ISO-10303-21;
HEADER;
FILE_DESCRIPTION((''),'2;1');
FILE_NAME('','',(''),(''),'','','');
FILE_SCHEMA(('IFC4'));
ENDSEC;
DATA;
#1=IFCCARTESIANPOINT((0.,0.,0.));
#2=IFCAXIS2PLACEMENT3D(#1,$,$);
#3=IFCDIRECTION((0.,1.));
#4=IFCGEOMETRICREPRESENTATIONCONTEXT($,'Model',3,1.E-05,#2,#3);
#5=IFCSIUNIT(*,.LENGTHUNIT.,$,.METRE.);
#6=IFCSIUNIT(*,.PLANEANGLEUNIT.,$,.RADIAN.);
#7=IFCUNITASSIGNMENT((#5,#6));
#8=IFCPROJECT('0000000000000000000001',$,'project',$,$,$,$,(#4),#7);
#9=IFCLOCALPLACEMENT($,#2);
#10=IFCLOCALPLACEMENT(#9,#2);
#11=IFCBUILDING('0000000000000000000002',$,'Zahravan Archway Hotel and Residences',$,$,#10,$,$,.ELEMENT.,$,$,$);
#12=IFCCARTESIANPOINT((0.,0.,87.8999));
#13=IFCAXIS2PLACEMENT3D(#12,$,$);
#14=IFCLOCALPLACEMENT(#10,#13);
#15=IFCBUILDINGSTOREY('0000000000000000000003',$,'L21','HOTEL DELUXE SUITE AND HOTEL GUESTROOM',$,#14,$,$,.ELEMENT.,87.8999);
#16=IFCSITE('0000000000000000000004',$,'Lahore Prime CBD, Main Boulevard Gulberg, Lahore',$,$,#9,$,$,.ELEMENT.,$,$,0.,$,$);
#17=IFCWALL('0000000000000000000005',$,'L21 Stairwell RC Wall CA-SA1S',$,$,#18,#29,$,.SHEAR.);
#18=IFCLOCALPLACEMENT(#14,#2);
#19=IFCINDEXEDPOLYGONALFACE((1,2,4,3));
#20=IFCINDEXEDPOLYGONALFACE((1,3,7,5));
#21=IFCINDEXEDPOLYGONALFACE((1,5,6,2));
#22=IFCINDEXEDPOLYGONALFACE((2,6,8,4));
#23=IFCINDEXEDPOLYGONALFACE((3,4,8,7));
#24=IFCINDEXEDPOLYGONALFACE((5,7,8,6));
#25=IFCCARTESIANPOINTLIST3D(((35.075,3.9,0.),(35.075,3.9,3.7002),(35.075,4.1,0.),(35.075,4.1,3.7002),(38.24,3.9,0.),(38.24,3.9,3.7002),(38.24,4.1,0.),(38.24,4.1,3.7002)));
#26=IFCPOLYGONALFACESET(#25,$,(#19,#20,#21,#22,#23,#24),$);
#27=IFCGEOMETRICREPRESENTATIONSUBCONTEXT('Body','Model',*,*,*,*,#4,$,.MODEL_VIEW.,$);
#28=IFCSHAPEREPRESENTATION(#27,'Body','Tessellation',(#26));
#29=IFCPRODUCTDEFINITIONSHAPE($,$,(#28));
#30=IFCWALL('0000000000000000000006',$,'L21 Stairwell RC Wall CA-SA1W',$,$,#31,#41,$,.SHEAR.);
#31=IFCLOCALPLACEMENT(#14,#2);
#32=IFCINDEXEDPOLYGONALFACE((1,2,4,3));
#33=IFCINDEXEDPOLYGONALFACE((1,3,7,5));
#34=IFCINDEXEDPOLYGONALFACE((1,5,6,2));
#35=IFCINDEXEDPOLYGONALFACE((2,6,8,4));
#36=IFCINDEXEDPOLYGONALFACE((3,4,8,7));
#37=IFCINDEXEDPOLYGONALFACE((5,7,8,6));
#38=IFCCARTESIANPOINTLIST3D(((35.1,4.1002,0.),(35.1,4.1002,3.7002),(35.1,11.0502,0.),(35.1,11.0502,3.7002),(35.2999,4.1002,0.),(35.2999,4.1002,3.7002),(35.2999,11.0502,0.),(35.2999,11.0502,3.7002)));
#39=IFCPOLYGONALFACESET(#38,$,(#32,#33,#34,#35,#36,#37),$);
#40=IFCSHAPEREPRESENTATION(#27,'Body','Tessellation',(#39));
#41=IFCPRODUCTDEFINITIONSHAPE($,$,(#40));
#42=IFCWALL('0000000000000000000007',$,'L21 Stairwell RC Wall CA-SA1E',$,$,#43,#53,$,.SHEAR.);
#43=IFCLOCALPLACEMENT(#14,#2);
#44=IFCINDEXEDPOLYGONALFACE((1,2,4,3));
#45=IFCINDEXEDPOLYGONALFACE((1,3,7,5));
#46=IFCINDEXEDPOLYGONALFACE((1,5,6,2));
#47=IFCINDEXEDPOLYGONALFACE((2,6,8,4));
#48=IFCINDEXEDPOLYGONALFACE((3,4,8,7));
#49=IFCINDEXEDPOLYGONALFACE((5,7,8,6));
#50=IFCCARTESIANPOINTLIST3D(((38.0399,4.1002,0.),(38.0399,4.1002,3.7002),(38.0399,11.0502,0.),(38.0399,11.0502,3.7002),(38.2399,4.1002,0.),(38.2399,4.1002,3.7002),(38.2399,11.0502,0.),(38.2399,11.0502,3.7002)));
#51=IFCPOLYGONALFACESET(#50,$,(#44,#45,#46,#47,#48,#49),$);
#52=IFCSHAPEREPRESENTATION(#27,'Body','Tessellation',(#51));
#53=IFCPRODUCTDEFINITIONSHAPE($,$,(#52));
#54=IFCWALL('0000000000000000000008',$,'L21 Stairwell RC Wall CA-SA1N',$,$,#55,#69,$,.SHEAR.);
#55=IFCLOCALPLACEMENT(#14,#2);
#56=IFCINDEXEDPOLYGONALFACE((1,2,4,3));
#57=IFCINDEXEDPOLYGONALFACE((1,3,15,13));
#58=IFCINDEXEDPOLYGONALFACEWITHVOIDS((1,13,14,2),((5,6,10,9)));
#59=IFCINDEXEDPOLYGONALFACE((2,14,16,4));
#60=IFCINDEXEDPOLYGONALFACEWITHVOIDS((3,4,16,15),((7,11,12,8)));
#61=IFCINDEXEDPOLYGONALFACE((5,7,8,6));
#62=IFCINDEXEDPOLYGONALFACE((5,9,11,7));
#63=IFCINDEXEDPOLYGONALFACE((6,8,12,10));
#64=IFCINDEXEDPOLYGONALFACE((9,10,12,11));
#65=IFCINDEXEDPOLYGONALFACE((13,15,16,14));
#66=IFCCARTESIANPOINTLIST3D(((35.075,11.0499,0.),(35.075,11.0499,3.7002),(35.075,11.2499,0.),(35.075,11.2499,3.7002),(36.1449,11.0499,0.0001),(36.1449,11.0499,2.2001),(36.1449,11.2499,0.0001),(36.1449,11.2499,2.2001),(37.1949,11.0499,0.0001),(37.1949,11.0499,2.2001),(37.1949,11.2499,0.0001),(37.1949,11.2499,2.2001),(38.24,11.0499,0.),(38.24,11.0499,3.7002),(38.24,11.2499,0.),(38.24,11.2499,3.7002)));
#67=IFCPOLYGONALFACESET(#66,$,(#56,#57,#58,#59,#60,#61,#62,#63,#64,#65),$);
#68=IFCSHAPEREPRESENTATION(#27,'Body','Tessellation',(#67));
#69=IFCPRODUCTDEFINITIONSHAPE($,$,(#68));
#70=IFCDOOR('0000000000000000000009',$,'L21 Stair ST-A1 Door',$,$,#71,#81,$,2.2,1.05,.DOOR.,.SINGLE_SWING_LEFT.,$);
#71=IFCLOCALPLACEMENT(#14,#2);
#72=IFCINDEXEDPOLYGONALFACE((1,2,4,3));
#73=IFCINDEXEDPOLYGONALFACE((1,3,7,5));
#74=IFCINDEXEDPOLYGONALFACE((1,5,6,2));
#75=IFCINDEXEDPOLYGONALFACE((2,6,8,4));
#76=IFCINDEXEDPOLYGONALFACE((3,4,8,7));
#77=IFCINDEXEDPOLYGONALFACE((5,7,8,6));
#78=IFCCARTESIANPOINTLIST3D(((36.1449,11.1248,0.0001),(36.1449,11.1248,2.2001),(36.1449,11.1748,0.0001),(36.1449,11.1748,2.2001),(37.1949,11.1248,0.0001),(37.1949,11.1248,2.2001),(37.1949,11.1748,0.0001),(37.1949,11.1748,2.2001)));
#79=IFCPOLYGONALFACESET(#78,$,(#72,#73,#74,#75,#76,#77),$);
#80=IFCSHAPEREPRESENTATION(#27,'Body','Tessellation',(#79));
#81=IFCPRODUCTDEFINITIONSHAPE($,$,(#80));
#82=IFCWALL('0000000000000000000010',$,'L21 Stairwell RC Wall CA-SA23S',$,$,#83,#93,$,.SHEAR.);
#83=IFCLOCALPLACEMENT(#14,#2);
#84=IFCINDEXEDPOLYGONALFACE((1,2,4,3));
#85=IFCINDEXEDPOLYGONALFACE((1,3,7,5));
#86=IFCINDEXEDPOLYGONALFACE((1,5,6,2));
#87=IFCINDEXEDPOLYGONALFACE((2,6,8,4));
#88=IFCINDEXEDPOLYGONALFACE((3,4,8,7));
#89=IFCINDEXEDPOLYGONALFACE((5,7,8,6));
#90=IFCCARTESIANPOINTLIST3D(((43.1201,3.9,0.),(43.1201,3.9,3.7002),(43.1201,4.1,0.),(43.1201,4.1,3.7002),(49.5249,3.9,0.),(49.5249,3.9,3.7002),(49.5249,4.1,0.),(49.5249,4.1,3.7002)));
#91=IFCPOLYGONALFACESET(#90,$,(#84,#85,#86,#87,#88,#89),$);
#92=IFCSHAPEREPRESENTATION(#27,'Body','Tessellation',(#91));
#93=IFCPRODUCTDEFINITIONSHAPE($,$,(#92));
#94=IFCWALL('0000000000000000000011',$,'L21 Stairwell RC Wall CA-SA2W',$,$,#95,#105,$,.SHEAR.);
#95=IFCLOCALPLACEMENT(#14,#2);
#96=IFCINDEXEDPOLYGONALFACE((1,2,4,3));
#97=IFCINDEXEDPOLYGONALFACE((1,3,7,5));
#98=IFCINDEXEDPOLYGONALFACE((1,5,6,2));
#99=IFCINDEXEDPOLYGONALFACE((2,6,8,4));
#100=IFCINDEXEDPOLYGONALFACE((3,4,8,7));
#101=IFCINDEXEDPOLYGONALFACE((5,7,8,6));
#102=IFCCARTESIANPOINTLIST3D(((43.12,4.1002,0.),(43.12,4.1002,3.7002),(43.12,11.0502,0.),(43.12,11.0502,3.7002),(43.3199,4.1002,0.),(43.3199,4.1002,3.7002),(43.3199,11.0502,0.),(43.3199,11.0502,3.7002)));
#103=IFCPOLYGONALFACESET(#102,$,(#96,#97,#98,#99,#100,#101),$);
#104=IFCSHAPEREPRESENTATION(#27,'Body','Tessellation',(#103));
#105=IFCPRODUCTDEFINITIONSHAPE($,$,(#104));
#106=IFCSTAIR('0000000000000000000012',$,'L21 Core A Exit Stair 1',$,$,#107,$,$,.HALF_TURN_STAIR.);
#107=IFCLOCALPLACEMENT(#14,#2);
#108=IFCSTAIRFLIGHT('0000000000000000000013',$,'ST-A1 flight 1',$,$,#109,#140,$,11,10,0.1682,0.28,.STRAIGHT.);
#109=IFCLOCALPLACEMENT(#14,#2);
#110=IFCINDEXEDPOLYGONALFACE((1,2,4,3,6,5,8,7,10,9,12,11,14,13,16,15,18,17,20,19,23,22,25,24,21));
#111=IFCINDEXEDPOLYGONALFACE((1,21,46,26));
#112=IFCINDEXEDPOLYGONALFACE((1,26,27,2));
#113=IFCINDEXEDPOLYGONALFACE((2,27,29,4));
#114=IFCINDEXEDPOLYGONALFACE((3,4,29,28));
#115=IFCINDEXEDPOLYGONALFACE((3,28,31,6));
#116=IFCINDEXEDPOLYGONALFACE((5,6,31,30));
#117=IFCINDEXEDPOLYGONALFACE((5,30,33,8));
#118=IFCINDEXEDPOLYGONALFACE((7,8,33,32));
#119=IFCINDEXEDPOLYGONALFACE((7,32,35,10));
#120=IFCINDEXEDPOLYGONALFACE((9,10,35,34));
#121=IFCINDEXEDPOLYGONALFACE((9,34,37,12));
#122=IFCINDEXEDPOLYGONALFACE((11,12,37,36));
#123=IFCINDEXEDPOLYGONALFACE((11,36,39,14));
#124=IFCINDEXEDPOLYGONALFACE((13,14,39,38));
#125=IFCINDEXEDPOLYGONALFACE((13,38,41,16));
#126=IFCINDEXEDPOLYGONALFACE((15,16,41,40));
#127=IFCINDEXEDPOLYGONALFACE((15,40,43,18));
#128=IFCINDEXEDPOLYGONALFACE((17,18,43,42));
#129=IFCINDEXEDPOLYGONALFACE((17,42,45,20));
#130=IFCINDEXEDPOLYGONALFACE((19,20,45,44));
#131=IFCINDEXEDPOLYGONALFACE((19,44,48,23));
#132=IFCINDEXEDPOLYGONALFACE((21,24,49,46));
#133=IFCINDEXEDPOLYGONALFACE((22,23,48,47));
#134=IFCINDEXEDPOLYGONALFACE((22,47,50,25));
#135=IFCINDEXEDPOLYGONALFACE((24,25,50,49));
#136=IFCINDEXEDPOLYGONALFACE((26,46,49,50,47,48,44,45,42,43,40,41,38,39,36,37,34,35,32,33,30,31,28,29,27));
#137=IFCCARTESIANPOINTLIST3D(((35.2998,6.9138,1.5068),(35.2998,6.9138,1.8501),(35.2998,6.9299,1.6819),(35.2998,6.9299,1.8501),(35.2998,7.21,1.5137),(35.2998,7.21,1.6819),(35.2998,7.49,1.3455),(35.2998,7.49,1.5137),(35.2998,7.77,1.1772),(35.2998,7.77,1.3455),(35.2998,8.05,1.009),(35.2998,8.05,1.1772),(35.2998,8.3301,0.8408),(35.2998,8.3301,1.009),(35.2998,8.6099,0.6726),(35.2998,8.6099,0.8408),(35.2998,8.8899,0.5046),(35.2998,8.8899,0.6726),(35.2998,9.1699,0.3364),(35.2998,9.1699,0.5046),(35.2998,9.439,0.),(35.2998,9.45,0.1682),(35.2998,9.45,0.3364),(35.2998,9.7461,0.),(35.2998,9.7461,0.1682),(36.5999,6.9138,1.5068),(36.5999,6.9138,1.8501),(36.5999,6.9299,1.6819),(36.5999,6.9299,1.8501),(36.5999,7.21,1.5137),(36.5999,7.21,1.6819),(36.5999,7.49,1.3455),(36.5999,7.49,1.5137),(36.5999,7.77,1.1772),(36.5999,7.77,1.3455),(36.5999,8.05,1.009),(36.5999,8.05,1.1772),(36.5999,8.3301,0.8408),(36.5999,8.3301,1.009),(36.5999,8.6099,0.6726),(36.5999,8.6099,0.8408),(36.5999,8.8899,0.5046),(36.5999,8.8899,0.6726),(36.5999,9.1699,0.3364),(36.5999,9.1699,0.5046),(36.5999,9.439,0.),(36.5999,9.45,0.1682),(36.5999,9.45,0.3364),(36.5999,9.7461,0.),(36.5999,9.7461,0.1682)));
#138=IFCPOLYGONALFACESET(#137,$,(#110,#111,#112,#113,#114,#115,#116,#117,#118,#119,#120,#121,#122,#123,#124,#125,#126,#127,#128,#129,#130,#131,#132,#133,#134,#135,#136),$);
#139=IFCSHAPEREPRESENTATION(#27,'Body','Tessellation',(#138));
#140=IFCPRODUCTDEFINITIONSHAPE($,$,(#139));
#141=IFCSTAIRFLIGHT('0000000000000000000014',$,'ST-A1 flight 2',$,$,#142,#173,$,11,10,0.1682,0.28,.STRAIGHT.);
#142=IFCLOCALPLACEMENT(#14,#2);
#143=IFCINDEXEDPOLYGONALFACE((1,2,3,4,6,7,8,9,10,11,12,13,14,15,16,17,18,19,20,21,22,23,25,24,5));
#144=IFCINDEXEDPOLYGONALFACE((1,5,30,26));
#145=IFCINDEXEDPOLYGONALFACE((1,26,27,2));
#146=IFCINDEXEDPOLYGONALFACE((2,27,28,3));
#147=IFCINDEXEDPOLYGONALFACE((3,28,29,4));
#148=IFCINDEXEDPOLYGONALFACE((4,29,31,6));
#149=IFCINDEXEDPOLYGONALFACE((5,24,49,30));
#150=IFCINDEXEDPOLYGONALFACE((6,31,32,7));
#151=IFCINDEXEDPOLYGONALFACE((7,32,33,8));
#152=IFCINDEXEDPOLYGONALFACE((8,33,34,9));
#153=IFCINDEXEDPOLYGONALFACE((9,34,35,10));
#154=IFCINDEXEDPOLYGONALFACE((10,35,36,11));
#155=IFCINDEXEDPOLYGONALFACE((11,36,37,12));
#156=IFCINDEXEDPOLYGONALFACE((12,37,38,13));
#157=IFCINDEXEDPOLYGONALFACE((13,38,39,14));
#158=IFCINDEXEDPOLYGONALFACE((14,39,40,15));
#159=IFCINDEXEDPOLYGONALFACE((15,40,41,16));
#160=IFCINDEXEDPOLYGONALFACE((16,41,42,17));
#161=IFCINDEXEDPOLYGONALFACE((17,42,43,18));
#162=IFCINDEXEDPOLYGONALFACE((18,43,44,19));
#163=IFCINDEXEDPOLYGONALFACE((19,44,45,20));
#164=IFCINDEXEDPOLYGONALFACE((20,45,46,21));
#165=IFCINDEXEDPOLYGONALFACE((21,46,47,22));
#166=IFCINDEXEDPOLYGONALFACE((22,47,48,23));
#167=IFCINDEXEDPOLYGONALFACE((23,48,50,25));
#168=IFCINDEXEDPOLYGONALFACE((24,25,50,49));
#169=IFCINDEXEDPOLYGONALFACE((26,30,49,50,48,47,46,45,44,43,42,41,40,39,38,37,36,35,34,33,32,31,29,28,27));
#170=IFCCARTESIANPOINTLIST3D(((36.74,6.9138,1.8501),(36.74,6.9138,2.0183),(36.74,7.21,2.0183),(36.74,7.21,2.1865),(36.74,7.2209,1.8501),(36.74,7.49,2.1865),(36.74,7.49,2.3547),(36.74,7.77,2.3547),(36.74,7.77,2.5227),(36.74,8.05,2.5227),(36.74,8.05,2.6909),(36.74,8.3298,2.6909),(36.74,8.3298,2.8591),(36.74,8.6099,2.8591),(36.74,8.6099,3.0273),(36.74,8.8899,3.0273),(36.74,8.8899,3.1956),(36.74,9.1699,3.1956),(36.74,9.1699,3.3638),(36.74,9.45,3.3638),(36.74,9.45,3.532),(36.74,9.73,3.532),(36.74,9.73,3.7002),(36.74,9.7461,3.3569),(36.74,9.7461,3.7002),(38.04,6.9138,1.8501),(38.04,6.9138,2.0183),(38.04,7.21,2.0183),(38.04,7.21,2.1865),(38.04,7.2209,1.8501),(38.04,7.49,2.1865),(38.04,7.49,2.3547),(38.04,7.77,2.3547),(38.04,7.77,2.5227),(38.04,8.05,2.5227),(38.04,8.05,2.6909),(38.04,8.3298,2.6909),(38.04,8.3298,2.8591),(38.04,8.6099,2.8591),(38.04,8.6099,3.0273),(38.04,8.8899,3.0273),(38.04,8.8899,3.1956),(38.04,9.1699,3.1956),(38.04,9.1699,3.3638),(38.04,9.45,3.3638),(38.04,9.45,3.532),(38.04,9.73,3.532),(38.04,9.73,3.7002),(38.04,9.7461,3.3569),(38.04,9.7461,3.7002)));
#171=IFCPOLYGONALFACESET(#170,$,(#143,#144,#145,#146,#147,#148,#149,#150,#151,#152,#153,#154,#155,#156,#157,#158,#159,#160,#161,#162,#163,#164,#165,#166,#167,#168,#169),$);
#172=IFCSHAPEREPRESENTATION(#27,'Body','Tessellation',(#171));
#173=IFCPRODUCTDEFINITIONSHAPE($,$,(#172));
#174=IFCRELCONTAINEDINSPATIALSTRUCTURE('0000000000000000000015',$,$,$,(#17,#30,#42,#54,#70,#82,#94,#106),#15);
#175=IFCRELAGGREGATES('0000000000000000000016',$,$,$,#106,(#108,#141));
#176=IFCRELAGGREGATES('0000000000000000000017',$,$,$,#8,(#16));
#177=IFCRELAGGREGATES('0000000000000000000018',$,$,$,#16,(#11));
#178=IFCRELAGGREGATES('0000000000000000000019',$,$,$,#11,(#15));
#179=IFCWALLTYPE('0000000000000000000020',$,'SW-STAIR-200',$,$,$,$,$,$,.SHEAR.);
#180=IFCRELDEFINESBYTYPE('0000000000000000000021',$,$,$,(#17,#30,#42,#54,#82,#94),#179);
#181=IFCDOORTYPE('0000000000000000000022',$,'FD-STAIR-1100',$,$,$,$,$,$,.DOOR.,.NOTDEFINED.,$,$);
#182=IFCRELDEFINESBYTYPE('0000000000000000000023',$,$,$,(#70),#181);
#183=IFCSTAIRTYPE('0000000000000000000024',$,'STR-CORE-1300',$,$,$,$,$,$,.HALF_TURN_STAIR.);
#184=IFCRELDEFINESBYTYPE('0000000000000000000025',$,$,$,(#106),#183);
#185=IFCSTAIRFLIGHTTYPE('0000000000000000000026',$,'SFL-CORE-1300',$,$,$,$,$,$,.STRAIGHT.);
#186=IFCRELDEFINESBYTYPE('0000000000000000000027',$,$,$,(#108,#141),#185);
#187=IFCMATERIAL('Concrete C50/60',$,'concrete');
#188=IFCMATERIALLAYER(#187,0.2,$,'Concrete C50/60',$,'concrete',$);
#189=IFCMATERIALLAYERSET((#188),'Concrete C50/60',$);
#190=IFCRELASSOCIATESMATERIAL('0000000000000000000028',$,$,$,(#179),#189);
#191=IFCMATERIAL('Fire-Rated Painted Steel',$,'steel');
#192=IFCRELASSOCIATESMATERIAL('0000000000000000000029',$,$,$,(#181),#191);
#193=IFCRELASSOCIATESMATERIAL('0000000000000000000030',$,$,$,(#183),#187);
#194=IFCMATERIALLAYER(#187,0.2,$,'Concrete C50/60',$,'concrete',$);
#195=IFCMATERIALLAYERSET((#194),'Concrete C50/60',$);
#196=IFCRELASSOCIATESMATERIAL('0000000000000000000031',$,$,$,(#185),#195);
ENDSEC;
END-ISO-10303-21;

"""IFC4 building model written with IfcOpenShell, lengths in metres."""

from ifc_helpers import new_model, si_unit, direction, frame, frame_2d, origin, place, context, subcontext, project, spatial, polyline, rectangle, outline, extrude, source, transform, mapped, material, layer, layer_set, type_object, type_shapes, element, fill, aggregate, save


model = new_model("IFC4")

# Units and contexts
model_context = context("Model", 3, precision=1e-05, world=origin(), true_north=direction((0.0, 1.0)))
body_context = subcontext(model_context, "Body", "Model", "MODEL_VIEW")
ifc_project = project(units=[si_unit("LENGTHUNIT", "METRE"), si_unit("PLANEANGLEUNIT", "RADIAN")], contexts=[model_context])

# Site, building, storey
site_placement = place(None, origin())
site = spatial("IfcSite", under=ifc_project, at=site_placement, Name="Lahore Prime CBD, Main Boulevard Gulberg, Lahore", CompositionType="ELEMENT", RefElevation=0.0)
building_placement = place(site_placement, origin())
building = spatial("IfcBuilding", under=site, at=building_placement, Name="Zahravan Archway Hotel and Residences", CompositionType="ELEMENT")
storey_placement = place(building_placement, frame((0.0, 0.0, 87.8999)))
storey = spatial("IfcBuildingStorey", under=building, at=storey_placement, Name="L21", Description="HOTEL DELUXE SUITE AND HOTEL GUESTROOM", CompositionType="ELEMENT", Elevation=87.8999)

# Shared definitions
ifc_material_1 = material(Name="Fire-Rated Painted Steel", Category="steel")

# Walls
ifc_material_2 = material(Name="Concrete C50/60", Category="concrete")
ifc_layer_1 = layer(ifc_material_2, 0.2, Name="Concrete C50/60", Category="concrete")
ifc_layer_set_1 = layer_set([ifc_layer_1], Name="Concrete C50/60")
wall_type_1 = type_object("IfcWallType", Name="SW-STAIR-200", PredefinedType="SHEAR", material=ifc_layer_set_1)
wall_1_placement = place(storey_placement, frame((35.075, 4.0, 0.0), z_axis=(0.0, 0.0, 1.0), x_axis=(1.0, 0.0, 0.0)))
element("IfcWall", 1, at=wall_1_placement, inside=storey, type_object=wall_type_1, Name="L21 Stairwell RC Wall CA-SA1S", PredefinedType="SHEAR", context=body_context, shape_type="SweptSolid", body=[
    extrude(rectangle(XDim=3.165, YDim=0.2, at=frame_2d((1.5825, 0.0))), origin(), (0.0, 0.0, 1.0), 3.7002),
])
for number, where, z_axis, x_axis, name in (
    (2, (35.2, 4.1001, 0.0), (0.0, 0.0, 1.0), (0.0, 1.0, 0.0), "L21 Stairwell RC Wall CA-SA1W"),
    (3, (38.1399, 4.1001, 0.0), (0.0, 0.0, 1.0), (0.0, 1.0, 0.0), "L21 Stairwell RC Wall CA-SA1E"),
):
    element("IfcWall", number, at=place(storey_placement, frame(where, z_axis=z_axis, x_axis=x_axis)), inside=storey, type_object=wall_type_1, Name=name, PredefinedType="SHEAR", context=body_context, shape_type="SweptSolid", body=[
        extrude(rectangle(XDim=6.95, YDim=0.2, at=frame_2d((3.4751, 0.0))), origin(), (0.0, 0.0, 1.0), 3.7002),
    ])

# Wall, opening, door
wall_2_placement = place(storey_placement, frame((35.075, 11.1499, 0.0), z_axis=(0.0, 0.0, 1.0), x_axis=(1.0, 0.0, 0.0)))
wall_2 = element("IfcWall", 4, at=wall_2_placement, inside=storey, type_object=wall_type_1, Name="L21 Stairwell RC Wall CA-SA1N", PredefinedType="SHEAR", context=body_context, shape_type="SweptSolid", body=[
    extrude(rectangle(XDim=3.165, YDim=0.2, at=frame_2d((1.5825, 0.0))), origin(), (0.0, 0.0, 1.0), 3.7002),
])
opening_1_placement = place(wall_2_placement, frame((1.0701, 0.0, 0.0)))
opening_1 = element("IfcOpeningElement", 5, at=opening_1_placement, cuts=wall_2, PredefinedType="OPENING", context=body_context, shape_type="SweptSolid", body=[
    extrude(rectangle(XDim=1.05, YDim=2.2, at=frame_2d((0.5249, 1.1001))), frame((0.0, 0.1099, 0.0), z_axis=(0.0, -1.0, 0.0), x_axis=(1.0, 0.0, 0.0)), (0.0, 0.0, 1.0), 0.22),
])
door_type_1 = type_object("IfcDoorType", Name="FD-STAIR-1100", OperationType="NOTDEFINED", PredefinedType="DOOR", material=ifc_material_1)
shared_shape_1 = source(origin(), body_context, "Body", "SweptSolid", [
    extrude(rectangle(XDim=1.05, YDim=2.2, at=frame_2d((0.5249, 1.1001))), frame((0.0, 0.0249, 0.0), z_axis=(0.0, -1.0, 0.0), x_axis=(1.0, 0.0, 0.0)), (0.0, 0.0, 1.0), 0.05),
])
type_shapes(door_type_1, [shared_shape_1])
door_1_placement = place(opening_1_placement, origin())
door_1 = element("IfcDoor", 6, at=door_1_placement, inside=storey, type_object=door_type_1, Name="L21 Stair ST-A1 Door", OperationType="SINGLE_SWING_LEFT", OverallHeight=2.2, OverallWidth=1.05, PredefinedType="DOOR", context=body_context, shape_type="MappedRepresentation", body=[
    mapped(shared_shape_1, transform((0.0, 0.0, 0.0), scale=1.0)),
])
fill(opening_1, door_1)

# Walls
wall_3_placement = place(storey_placement, frame((43.1201, 4.0, 0.0), z_axis=(0.0, 0.0, 1.0), x_axis=(1.0, 0.0, 0.0)))
element("IfcWall", 7, at=wall_3_placement, inside=storey, type_object=wall_type_1, Name="L21 Stairwell RC Wall CA-SA23S", PredefinedType="SHEAR", context=body_context, shape_type="SweptSolid", body=[
    extrude(rectangle(XDim=6.4048, YDim=0.2, at=frame_2d((3.2024, 0.0))), origin(), (0.0, 0.0, 1.0), 3.7002),
])
wall_4_placement = place(storey_placement, frame((43.22, 4.1001, 0.0), z_axis=(0.0, 0.0, 1.0), x_axis=(0.0, 1.0, 0.0)))
element("IfcWall", 8, at=wall_4_placement, inside=storey, type_object=wall_type_1, Name="L21 Stairwell RC Wall CA-SA2W", PredefinedType="SHEAR", context=body_context, shape_type="SweptSolid", body=[
    extrude(rectangle(XDim=6.95, YDim=0.2, at=frame_2d((3.4751, 0.0))), origin(), (0.0, 0.0, 1.0), 3.7002),
])

# Stair, stair flights
stair_type = type_object("IfcStairType", Name="STR-CORE-1300", PredefinedType="HALF_TURN_STAIR", material=ifc_material_2)
stair_1_placement = place(storey_placement, origin())
stair_1 = element("IfcStair", 9, at=stair_1_placement, inside=storey, type_object=stair_type, Name="L21 Core A Exit Stair 1", PredefinedType="HALF_TURN_STAIR")
ifc_layer_2 = layer(ifc_material_2, 0.2, Name="Concrete C50/60", Category="concrete")
ifc_layer_set_2 = layer_set([ifc_layer_2], Name="Concrete C50/60")
stair_flight_type = type_object("IfcStairFlightType", Name="SFL-CORE-1300", PredefinedType="STRAIGHT", material=ifc_layer_set_2)
shared_shape_2 = source(origin(), body_context, "Body", "SweptSolid", [
    extrude(outline(polyline([(-0.0161, 0.0), (-0.0161, 0.1682), (0.28, 0.1682), (0.28, 0.3364), (0.5601, 0.3364), (0.5601, 0.5046), (0.8401, 0.5046), (0.8401, 0.6726), (1.1201, 0.6726), (1.1201, 0.8408), (1.3999, 0.8408), (1.3999, 1.009), (1.6799, 1.009), (1.6799, 1.1772), (1.96, 1.1772), (1.96, 1.3455), (2.24, 1.3455), (2.24, 1.5137), (2.52, 1.5137), (2.52, 1.6819), (2.8, 1.6819), (2.8, 1.8501), (2.8162, 1.8501), (2.8162, 1.5068), (0.291, 0.0), (-0.0161, 0.0)])), frame((0.0, 0.6499, 0.0), z_axis=(0.0, -1.0, 0.0), x_axis=(1.0, 0.0, 0.0)), (0.0, 0.0, 1.0), 1.3),
])
stair_flight_1_placement = place(storey_placement, frame((35.95, 9.73, 0.0), z_axis=(0.0, 0.0, 1.0), x_axis=(0.0, -1.0, 0.0)))
stair_flight_1 = element("IfcStairFlight", 10, at=stair_flight_1_placement, type_object=stair_flight_type, Name="ST-A1 flight 1", NumberOfRisers=11, NumberOfTreads=10, PredefinedType="STRAIGHT", RiserHeight=0.1682, TreadLength=0.28, context=body_context, shape_type="MappedRepresentation", body=[
    mapped(shared_shape_2, transform((0.0, 0.0, 0.0), scale=1.0)),
])
stair_flight_2_placement = place(storey_placement, frame((37.3899, 6.9299, 1.8501), z_axis=(0.0, 0.0, 1.0), x_axis=(0.0, 1.0, 0.0)))
stair_flight_2 = element("IfcStairFlight", 11, at=stair_flight_2_placement, type_object=stair_flight_type, Name="ST-A1 flight 2", NumberOfRisers=11, NumberOfTreads=10, PredefinedType="STRAIGHT", RiserHeight=0.1682, TreadLength=0.28, context=body_context, shape_type="MappedRepresentation", body=[
    mapped(shared_shape_2, transform((0.0, 0.0, 0.0), scale=1.0)),
])
aggregate(stair_1, [stair_flight_1, stair_flight_2])

save(model, "model.ifc")
